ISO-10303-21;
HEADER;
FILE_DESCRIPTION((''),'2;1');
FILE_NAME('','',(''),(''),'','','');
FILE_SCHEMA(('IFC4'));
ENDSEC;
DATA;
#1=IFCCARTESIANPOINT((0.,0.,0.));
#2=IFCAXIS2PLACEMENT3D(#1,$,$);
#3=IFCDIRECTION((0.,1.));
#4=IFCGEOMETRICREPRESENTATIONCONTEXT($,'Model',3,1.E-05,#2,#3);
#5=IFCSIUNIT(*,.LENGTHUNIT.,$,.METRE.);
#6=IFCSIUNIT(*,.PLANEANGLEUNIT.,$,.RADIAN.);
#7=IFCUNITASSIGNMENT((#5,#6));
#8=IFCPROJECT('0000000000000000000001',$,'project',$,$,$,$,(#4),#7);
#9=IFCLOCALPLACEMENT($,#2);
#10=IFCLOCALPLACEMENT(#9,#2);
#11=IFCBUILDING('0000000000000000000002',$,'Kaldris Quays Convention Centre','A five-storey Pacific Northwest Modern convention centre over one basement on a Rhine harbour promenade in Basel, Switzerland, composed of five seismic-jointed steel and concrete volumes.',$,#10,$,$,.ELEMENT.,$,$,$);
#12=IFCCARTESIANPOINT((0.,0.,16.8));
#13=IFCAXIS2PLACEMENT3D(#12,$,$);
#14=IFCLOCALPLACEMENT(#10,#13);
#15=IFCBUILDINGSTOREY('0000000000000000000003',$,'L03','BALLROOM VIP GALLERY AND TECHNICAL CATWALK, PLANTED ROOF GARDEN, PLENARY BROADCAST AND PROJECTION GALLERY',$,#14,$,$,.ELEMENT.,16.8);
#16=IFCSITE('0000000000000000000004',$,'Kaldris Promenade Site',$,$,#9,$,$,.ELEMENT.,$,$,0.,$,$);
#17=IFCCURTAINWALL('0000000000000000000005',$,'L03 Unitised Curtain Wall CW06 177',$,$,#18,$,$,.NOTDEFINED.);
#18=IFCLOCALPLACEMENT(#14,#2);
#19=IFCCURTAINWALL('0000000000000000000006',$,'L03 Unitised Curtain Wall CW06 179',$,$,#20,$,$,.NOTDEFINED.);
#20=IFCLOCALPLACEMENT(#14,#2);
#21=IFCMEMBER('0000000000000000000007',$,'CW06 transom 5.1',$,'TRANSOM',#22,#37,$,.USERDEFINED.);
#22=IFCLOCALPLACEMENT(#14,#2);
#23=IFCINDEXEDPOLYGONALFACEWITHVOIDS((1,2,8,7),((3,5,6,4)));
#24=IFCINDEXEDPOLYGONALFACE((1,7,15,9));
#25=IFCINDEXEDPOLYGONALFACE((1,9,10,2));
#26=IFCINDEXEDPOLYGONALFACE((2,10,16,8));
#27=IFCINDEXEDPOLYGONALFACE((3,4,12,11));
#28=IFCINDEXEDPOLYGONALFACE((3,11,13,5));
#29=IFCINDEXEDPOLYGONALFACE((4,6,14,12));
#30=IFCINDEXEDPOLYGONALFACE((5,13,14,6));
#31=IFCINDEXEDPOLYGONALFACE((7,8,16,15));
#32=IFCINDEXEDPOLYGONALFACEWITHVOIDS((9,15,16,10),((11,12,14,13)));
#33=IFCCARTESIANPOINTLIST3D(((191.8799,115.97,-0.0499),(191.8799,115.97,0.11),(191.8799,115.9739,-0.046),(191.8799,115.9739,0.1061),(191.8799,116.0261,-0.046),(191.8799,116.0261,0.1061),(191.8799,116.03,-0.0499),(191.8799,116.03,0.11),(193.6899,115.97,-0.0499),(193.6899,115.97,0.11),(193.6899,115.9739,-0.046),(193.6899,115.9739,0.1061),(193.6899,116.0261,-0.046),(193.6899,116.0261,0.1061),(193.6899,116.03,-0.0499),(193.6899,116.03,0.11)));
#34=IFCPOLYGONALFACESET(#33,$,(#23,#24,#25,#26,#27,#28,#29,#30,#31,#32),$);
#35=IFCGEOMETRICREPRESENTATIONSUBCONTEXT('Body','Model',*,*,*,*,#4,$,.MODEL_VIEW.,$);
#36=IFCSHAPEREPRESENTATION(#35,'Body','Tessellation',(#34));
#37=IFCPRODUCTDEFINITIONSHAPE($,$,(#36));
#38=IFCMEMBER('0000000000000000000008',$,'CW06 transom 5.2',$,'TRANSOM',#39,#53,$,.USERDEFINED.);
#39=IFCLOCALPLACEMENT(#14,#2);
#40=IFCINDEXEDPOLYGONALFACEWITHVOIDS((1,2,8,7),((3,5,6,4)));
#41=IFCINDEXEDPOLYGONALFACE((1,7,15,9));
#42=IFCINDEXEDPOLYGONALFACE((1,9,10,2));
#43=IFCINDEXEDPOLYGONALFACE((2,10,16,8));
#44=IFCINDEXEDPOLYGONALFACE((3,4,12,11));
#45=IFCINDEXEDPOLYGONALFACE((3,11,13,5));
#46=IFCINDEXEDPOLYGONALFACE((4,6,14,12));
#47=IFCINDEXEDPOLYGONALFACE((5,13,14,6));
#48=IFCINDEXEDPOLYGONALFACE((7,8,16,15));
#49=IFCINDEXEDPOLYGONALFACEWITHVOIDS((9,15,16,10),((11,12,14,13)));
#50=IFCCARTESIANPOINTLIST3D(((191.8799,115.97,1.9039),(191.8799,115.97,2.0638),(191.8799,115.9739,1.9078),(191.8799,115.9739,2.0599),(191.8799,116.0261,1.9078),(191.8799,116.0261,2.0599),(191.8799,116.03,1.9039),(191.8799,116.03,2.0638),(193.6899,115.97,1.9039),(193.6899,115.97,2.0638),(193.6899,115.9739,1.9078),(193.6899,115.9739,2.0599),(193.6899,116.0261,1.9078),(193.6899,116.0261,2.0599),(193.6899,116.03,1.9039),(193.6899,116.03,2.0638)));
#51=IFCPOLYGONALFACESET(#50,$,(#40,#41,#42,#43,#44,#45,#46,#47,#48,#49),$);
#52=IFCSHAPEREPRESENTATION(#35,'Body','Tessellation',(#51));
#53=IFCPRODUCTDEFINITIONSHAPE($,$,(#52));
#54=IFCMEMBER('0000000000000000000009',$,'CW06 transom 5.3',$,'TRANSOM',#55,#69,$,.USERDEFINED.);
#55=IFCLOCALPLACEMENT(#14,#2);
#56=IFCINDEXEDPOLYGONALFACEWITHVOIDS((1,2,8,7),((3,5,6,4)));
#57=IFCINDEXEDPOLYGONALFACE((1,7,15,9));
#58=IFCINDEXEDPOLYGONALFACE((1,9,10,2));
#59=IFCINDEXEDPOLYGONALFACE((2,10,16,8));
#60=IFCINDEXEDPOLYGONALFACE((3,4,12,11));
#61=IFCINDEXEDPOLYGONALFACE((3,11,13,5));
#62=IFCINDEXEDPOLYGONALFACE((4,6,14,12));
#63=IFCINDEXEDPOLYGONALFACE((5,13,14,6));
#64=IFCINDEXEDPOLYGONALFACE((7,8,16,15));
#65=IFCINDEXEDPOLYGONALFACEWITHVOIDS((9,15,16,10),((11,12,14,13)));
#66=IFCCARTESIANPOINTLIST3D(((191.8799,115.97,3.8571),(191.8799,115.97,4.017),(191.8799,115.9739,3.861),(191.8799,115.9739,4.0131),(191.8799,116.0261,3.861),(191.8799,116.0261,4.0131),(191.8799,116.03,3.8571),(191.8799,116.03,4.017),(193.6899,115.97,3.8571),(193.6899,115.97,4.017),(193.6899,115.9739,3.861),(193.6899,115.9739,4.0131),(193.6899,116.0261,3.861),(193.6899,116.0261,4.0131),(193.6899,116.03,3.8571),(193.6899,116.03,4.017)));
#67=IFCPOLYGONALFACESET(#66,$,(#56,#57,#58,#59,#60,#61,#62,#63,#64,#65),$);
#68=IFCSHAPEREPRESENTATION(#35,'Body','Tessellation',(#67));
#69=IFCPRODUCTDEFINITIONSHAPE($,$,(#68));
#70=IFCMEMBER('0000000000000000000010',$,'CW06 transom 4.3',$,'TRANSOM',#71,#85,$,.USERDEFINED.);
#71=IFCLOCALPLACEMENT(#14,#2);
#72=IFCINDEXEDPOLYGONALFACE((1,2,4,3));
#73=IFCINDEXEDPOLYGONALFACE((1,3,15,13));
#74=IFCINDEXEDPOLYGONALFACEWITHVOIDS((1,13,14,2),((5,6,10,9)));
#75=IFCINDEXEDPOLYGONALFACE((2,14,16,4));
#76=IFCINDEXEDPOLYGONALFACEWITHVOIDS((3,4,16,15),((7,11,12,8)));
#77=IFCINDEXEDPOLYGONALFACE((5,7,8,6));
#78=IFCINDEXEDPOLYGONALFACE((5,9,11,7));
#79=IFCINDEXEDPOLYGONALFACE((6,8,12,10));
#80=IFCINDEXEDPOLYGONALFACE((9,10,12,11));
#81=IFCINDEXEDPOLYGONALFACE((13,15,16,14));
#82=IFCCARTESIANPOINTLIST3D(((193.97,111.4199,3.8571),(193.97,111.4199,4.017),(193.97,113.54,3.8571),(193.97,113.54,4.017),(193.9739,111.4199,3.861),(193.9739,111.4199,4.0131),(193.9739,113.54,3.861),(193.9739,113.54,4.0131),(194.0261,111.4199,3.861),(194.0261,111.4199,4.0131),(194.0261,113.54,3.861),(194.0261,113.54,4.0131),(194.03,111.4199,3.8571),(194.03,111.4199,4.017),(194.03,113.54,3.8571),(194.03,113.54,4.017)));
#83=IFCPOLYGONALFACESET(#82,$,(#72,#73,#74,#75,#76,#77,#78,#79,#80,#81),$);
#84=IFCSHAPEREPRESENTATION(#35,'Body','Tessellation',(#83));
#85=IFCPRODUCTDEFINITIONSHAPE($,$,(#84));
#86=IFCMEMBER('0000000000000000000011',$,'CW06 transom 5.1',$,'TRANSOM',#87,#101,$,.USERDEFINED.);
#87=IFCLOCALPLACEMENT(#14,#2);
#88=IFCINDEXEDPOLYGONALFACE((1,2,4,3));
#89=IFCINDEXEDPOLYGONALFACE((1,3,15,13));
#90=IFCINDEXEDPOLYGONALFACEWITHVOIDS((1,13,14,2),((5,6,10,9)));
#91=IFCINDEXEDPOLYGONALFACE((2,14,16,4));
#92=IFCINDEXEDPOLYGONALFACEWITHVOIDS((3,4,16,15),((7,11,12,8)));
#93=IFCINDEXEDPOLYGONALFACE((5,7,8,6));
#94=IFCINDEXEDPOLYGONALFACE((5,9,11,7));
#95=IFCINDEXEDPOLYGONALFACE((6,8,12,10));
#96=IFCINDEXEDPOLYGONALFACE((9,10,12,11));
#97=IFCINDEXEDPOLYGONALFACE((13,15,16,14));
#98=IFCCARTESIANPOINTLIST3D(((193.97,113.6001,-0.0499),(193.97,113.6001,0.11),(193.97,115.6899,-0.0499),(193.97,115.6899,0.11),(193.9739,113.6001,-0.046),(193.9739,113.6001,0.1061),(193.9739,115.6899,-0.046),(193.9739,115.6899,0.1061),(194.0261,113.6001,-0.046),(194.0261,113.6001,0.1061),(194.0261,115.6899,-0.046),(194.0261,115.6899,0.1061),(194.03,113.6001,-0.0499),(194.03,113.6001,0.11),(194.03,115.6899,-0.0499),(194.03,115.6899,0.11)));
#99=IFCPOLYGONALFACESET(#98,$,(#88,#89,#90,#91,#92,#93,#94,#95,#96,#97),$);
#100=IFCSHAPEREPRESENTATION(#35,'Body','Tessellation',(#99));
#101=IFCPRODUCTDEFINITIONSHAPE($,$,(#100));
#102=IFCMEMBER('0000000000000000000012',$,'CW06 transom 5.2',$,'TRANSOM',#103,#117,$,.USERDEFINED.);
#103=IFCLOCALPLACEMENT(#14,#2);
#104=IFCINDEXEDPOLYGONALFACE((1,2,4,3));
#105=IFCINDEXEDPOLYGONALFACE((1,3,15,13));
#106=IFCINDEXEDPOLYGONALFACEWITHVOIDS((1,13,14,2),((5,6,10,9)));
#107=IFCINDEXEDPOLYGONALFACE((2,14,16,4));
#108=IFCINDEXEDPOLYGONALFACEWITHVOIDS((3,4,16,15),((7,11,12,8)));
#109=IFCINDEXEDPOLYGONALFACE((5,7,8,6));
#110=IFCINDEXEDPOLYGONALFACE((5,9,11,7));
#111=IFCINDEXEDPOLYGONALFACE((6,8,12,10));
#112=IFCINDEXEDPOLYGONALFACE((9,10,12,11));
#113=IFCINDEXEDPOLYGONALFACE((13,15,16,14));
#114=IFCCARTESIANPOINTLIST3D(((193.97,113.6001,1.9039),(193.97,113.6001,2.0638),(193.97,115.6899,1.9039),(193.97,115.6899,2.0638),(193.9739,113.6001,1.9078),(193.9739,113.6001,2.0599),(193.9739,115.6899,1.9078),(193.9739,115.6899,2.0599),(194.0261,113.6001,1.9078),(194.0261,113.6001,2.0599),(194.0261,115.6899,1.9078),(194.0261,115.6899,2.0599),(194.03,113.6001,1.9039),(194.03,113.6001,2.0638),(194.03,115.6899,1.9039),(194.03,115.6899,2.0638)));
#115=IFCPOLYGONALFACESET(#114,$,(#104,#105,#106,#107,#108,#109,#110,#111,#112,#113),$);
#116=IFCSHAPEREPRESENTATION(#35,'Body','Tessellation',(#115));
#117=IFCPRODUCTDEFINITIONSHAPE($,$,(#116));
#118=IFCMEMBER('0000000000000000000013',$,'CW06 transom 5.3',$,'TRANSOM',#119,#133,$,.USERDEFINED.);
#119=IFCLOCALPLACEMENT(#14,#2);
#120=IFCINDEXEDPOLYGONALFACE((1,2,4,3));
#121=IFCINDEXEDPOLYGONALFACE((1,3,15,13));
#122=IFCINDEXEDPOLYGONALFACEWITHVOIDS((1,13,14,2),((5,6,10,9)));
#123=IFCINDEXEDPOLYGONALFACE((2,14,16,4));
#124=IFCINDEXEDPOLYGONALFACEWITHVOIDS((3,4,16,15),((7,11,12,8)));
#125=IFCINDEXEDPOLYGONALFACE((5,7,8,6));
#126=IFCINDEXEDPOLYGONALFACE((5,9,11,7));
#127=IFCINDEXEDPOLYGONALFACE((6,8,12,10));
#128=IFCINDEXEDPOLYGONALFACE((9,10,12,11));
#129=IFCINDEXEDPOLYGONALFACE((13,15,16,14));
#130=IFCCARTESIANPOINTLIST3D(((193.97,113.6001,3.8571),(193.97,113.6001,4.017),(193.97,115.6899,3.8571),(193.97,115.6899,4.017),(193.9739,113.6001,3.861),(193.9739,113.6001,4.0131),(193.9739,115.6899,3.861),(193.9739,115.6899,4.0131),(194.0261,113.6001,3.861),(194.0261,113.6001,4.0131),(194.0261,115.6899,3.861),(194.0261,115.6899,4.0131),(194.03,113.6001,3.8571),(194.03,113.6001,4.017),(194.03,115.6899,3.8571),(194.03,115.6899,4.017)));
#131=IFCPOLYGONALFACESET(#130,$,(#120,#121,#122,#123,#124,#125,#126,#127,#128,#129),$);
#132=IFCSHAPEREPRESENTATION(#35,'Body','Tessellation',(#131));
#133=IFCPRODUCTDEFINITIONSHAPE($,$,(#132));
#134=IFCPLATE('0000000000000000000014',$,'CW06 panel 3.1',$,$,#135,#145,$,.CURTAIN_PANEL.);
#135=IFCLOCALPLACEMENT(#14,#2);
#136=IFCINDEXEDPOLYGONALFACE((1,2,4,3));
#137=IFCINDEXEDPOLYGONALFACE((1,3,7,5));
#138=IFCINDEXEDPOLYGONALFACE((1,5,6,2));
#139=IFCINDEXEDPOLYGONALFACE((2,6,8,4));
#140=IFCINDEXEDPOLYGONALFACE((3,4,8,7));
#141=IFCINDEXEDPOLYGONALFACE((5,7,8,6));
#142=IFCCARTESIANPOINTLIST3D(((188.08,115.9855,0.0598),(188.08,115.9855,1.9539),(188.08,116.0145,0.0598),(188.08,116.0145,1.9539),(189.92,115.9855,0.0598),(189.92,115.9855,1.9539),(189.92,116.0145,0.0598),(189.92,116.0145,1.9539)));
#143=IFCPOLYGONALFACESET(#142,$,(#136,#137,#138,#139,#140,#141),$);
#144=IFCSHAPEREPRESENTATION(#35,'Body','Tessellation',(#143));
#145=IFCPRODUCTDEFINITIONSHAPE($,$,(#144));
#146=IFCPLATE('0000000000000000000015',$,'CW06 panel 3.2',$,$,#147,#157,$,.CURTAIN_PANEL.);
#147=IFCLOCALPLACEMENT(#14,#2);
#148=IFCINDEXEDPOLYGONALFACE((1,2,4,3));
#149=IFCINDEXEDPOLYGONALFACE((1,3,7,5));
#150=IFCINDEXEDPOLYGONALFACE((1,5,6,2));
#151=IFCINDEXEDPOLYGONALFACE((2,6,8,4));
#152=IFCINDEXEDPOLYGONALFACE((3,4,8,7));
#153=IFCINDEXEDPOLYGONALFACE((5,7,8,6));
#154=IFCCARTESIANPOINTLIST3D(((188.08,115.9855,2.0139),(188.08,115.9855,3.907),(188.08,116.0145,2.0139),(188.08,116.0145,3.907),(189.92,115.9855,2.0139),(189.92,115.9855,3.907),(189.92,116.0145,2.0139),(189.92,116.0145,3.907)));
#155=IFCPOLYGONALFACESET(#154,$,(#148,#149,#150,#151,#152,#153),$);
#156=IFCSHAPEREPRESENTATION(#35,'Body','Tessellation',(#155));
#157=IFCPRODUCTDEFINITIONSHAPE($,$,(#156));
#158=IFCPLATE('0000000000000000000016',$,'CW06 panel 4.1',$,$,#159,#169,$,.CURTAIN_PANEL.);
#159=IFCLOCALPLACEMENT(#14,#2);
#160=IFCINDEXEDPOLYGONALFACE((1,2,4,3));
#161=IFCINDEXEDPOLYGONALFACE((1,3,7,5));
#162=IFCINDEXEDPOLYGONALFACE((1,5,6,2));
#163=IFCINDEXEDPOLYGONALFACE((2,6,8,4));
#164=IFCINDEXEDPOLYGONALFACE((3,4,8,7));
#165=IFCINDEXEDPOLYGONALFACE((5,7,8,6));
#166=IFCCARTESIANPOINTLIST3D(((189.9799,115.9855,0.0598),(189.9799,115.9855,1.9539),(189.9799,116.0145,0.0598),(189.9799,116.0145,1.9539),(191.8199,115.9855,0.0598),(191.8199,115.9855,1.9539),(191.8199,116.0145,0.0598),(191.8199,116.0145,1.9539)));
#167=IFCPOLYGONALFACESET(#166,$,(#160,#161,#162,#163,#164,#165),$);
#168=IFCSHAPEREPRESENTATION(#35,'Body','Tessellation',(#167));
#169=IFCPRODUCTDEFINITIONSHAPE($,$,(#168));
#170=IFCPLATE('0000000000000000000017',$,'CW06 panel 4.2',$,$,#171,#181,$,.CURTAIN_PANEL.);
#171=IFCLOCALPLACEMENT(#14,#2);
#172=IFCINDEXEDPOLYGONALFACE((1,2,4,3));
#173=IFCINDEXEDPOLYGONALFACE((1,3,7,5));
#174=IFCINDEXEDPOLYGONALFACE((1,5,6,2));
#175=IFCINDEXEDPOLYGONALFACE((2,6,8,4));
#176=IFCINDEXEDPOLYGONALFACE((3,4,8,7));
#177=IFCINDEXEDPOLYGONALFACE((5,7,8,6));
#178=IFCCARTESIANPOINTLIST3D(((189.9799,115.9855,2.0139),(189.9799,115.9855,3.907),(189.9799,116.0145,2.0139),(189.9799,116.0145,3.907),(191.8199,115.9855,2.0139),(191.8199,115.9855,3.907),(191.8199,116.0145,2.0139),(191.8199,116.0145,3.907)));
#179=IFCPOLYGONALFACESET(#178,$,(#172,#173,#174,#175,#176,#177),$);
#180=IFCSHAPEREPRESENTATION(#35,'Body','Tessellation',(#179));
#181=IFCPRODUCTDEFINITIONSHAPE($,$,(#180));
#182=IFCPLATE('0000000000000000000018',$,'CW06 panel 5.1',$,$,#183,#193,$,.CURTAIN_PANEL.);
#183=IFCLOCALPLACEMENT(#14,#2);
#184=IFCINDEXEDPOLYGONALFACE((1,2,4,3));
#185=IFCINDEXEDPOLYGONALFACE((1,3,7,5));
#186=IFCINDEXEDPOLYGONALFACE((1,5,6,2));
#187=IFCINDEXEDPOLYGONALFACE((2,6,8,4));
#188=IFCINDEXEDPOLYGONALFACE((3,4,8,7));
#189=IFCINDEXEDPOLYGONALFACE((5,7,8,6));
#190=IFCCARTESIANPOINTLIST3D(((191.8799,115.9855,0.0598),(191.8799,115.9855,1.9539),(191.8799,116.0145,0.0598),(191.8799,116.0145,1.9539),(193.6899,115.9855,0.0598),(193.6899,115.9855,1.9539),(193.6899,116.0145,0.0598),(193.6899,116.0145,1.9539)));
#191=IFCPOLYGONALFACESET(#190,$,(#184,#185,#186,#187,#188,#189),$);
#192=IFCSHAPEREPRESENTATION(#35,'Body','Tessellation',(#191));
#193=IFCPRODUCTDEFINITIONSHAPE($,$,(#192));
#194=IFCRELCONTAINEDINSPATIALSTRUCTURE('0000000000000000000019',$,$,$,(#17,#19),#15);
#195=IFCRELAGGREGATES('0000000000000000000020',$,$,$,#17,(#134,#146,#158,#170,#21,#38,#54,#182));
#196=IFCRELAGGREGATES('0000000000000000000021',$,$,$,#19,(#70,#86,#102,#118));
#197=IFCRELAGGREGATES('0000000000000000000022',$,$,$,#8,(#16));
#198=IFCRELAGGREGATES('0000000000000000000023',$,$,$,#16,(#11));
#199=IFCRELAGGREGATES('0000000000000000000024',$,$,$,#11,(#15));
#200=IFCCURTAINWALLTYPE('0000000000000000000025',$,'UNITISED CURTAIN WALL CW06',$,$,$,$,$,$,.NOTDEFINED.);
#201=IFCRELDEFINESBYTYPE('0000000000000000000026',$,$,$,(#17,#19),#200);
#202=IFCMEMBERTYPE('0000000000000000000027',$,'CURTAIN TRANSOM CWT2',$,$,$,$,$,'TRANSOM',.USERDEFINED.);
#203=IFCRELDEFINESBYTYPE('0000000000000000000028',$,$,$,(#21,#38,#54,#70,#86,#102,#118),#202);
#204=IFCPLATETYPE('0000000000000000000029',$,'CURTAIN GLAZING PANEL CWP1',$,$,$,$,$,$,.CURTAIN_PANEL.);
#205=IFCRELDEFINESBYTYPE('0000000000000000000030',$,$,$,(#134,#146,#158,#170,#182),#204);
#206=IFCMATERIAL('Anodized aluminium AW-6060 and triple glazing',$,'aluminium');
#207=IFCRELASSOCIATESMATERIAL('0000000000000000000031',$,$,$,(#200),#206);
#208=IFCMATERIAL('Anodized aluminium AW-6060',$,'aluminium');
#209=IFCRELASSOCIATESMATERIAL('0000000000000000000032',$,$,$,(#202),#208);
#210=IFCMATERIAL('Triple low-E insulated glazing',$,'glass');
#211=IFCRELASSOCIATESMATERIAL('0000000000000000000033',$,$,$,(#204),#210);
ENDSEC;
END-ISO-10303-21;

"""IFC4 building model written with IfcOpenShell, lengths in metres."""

from ifc_helpers import new_model, si_unit, direction, frame, origin, origin_2d, place, context, subcontext, project, spatial, rectangle, hollow_rectangle, extrude, material, material_profile, profile_set, type_object, element, aggregate, save


model = new_model("IFC4")

# Units and contexts
model_context = context("Model", 3, precision=1e-05, world=origin(), true_north=direction((0.0, 1.0)))
body_context = subcontext(model_context, "Body", "Model", "MODEL_VIEW")
ifc_project = project(units=[si_unit("LENGTHUNIT", "METRE"), si_unit("PLANEANGLEUNIT", "RADIAN")], contexts=[model_context])

# Site, building, storey
site_placement = place(None, origin())
site = spatial("IfcSite", under=ifc_project, at=site_placement, Name="Kaldris Promenade Site", CompositionType="ELEMENT", RefElevation=0.0)
building_placement = place(site_placement, origin())
building = spatial("IfcBuilding", under=site, at=building_placement, Name="Kaldris Quays Convention Centre", Description="A five-storey Pacific Northwest Modern convention centre over one basement on a Rhine harbour promenade in Basel, Switzerland, composed of five seismic-jointed steel and concrete volumes.", CompositionType="ELEMENT")
storey_placement = place(building_placement, frame((0.0, 0.0, 16.8)))
storey = spatial("IfcBuildingStorey", under=building, at=storey_placement, Name="L03", Description="BALLROOM VIP GALLERY AND TECHNICAL CATWALK, PLANTED ROOF GARDEN, PLENARY BROADCAST AND PROJECTION GALLERY", CompositionType="ELEMENT", Elevation=16.8)

# Curtain walls
ifc_material_1 = material(Name="Anodized aluminium AW-6060 and triple glazing", Category="aluminium")
curtain_wall_type = type_object("IfcCurtainWallType", Name="UNITISED CURTAIN WALL CW06", PredefinedType="NOTDEFINED", material=ifc_material_1)
curtain_wall_1_placement = place(storey_placement, origin())
curtain_wall_1 = element("IfcCurtainWall", 1, at=curtain_wall_1_placement, inside=storey, type_object=curtain_wall_type, Name="L03 Unitised Curtain Wall CW06 177", PredefinedType="NOTDEFINED")
ifc_material_2 = material(Name="Anodized aluminium AW-6060", Category="aluminium")
curtain_wall_2_placement = place(storey_placement, origin())
curtain_wall_2 = element("IfcCurtainWall", 2, at=curtain_wall_2_placement, inside=storey, type_object=curtain_wall_type, Name="L03 Unitised Curtain Wall CW06 179", PredefinedType="NOTDEFINED")

# Members
ifc_material_profile_1 = material_profile(ifc_material_2, hollow_rectangle(XDim=0.0601, YDim=0.1599, WallThickness=0.0039, at=origin_2d()), Name="RHS 160x60x4")
ifc_profile_set_1 = profile_set([ifc_material_profile_1], Name="Anodized aluminium AW-6060")
member_type_1 = type_object("IfcMemberType", Name="CURTAIN TRANSOM CWT2", ElementType="TRANSOM", PredefinedType="USERDEFINED", material=ifc_profile_set_1)
member_1_placement = place(storey_placement, frame((191.8799, 116.0, 0.03), z_axis=(1.0, 0.0, 0.0), x_axis=(0.0, 1.0, 0.0)))
member_1 = element("IfcMember", 3, at=member_1_placement, type_object=member_type_1, Name="CW06 transom 5.1", ObjectType="TRANSOM", PredefinedType="USERDEFINED", context=body_context, shape_type="SweptSolid", body=[
    extrude(hollow_rectangle(XDim=0.0601, YDim=0.1599, WallThickness=0.0039, at=origin_2d()), origin(), (0.0, 0.0, 1.0), 1.8101),
])
member_2_placement = place(storey_placement, frame((191.8799, 116.0, 1.9839), z_axis=(1.0, 0.0, 0.0), x_axis=(0.0, 1.0, 0.0)))
member_2 = element("IfcMember", 4, at=member_2_placement, type_object=member_type_1, Name="CW06 transom 5.2", ObjectType="TRANSOM", PredefinedType="USERDEFINED", context=body_context, shape_type="SweptSolid", body=[
    extrude(hollow_rectangle(XDim=0.0601, YDim=0.1599, WallThickness=0.0039, at=origin_2d()), origin(), (0.0, 0.0, 1.0), 1.8101),
])
member_3_placement = place(storey_placement, frame((191.8799, 116.0, 3.937), z_axis=(1.0, 0.0, 0.0), x_axis=(0.0, 1.0, 0.0)))
member_3 = element("IfcMember", 5, at=member_3_placement, type_object=member_type_1, Name="CW06 transom 5.3", ObjectType="TRANSOM", PredefinedType="USERDEFINED", context=body_context, shape_type="SweptSolid", body=[
    extrude(hollow_rectangle(XDim=0.0601, YDim=0.1599, WallThickness=0.0039, at=origin_2d()), origin(), (0.0, 0.0, 1.0), 1.8101),
])
member_4_placement = place(storey_placement, frame((194.0, 111.4199, 3.937), z_axis=(0.0, 1.0, 0.0), x_axis=(-1.0, 0.0, 0.0)))
member_4 = element("IfcMember", 6, at=member_4_placement, type_object=member_type_1, Name="CW06 transom 4.3", ObjectType="TRANSOM", PredefinedType="USERDEFINED", context=body_context, shape_type="SweptSolid", body=[
    extrude(hollow_rectangle(XDim=0.0601, YDim=0.1599, WallThickness=0.0039, at=origin_2d()), origin(), (0.0, 0.0, 1.0), 2.1201),
])
member_5_placement = place(storey_placement, frame((194.0, 113.6001, 0.03), z_axis=(0.0, 1.0, 0.0), x_axis=(-1.0, 0.0, 0.0)))
member_5 = element("IfcMember", 7, at=member_5_placement, type_object=member_type_1, Name="CW06 transom 5.1", ObjectType="TRANSOM", PredefinedType="USERDEFINED", context=body_context, shape_type="SweptSolid", body=[
    extrude(hollow_rectangle(XDim=0.0601, YDim=0.1599, WallThickness=0.0039, at=origin_2d()), origin(), (0.0, 0.0, 1.0), 2.0898),
])
member_6_placement = place(storey_placement, frame((194.0, 113.6001, 1.9839), z_axis=(0.0, 1.0, 0.0), x_axis=(-1.0, 0.0, 0.0)))
member_6 = element("IfcMember", 8, at=member_6_placement, type_object=member_type_1, Name="CW06 transom 5.2", ObjectType="TRANSOM", PredefinedType="USERDEFINED", context=body_context, shape_type="SweptSolid", body=[
    extrude(hollow_rectangle(XDim=0.0601, YDim=0.1599, WallThickness=0.0039, at=origin_2d()), origin(), (0.0, 0.0, 1.0), 2.0898),
])
member_7_placement = place(storey_placement, frame((194.0, 113.6001, 3.937), z_axis=(0.0, 1.0, 0.0), x_axis=(-1.0, 0.0, 0.0)))
member_7 = element("IfcMember", 9, at=member_7_placement, type_object=member_type_1, Name="CW06 transom 5.3", ObjectType="TRANSOM", PredefinedType="USERDEFINED", context=body_context, shape_type="SweptSolid", body=[
    extrude(hollow_rectangle(XDim=0.0601, YDim=0.1599, WallThickness=0.0039, at=origin_2d()), origin(), (0.0, 0.0, 1.0), 2.0898),
])

# Plates
ifc_material_3 = material(Name="Triple low-E insulated glazing", Category="glass")
plate_type_1 = type_object("IfcPlateType", Name="CURTAIN GLAZING PANEL CWP1", PredefinedType="CURTAIN_PANEL", material=ifc_material_3)
plate_1_placement = place(storey_placement, frame((189.0, 116.0, 0.0598), z_axis=(0.0, 0.0, 1.0), x_axis=(1.0, 0.0, 0.0)))
plate_1 = element("IfcPlate", 10, at=plate_1_placement, type_object=plate_type_1, Name="CW06 panel 3.1", PredefinedType="CURTAIN_PANEL", context=body_context, shape_type="SweptSolid", body=[
    extrude(rectangle(XDim=1.8401, YDim=0.0291, at=origin_2d()), origin(), (0.0, 0.0, 1.0), 1.894),
])
plate_2_placement = place(storey_placement, frame((189.0, 116.0, 2.0139), z_axis=(0.0, 0.0, 1.0), x_axis=(1.0, 0.0, 0.0)))
plate_2 = element("IfcPlate", 11, at=plate_2_placement, type_object=plate_type_1, Name="CW06 panel 3.2", PredefinedType="CURTAIN_PANEL", context=body_context, shape_type="SweptSolid", body=[
    extrude(rectangle(XDim=1.8401, YDim=0.0291, at=origin_2d()), origin(), (0.0, 0.0, 1.0), 1.8931),
])
plate_3_placement = place(storey_placement, frame((190.8999, 116.0, 0.0598), z_axis=(0.0, 0.0, 1.0), x_axis=(1.0, 0.0, 0.0)))
plate_3 = element("IfcPlate", 12, at=plate_3_placement, type_object=plate_type_1, Name="CW06 panel 4.1", PredefinedType="CURTAIN_PANEL", context=body_context, shape_type="SweptSolid", body=[
    extrude(rectangle(XDim=1.8401, YDim=0.0291, at=origin_2d()), origin(), (0.0, 0.0, 1.0), 1.894),
])
plate_4_placement = place(storey_placement, frame((190.8999, 116.0, 2.0139), z_axis=(0.0, 0.0, 1.0), x_axis=(1.0, 0.0, 0.0)))
plate_4 = element("IfcPlate", 13, at=plate_4_placement, type_object=plate_type_1, Name="CW06 panel 4.2", PredefinedType="CURTAIN_PANEL", context=body_context, shape_type="SweptSolid", body=[
    extrude(rectangle(XDim=1.8401, YDim=0.0291, at=origin_2d()), origin(), (0.0, 0.0, 1.0), 1.8931),
])
plate_5_placement = place(storey_placement, frame((192.7849, 116.0, 0.0598), z_axis=(0.0, 0.0, 1.0), x_axis=(1.0, 0.0, 0.0)))
plate_5 = element("IfcPlate", 14, at=plate_5_placement, type_object=plate_type_1, Name="CW06 panel 5.1", PredefinedType="CURTAIN_PANEL", context=body_context, shape_type="SweptSolid", body=[
    extrude(rectangle(XDim=1.8101, YDim=0.0291, at=origin_2d()), origin(), (0.0, 0.0, 1.0), 1.894),
])
aggregate(curtain_wall_1, [plate_1, plate_2, plate_3, plate_4, member_1, member_2, member_3, plate_5])
aggregate(curtain_wall_2, [member_4, member_5, member_6, member_7])

save(model, "model.ifc")
